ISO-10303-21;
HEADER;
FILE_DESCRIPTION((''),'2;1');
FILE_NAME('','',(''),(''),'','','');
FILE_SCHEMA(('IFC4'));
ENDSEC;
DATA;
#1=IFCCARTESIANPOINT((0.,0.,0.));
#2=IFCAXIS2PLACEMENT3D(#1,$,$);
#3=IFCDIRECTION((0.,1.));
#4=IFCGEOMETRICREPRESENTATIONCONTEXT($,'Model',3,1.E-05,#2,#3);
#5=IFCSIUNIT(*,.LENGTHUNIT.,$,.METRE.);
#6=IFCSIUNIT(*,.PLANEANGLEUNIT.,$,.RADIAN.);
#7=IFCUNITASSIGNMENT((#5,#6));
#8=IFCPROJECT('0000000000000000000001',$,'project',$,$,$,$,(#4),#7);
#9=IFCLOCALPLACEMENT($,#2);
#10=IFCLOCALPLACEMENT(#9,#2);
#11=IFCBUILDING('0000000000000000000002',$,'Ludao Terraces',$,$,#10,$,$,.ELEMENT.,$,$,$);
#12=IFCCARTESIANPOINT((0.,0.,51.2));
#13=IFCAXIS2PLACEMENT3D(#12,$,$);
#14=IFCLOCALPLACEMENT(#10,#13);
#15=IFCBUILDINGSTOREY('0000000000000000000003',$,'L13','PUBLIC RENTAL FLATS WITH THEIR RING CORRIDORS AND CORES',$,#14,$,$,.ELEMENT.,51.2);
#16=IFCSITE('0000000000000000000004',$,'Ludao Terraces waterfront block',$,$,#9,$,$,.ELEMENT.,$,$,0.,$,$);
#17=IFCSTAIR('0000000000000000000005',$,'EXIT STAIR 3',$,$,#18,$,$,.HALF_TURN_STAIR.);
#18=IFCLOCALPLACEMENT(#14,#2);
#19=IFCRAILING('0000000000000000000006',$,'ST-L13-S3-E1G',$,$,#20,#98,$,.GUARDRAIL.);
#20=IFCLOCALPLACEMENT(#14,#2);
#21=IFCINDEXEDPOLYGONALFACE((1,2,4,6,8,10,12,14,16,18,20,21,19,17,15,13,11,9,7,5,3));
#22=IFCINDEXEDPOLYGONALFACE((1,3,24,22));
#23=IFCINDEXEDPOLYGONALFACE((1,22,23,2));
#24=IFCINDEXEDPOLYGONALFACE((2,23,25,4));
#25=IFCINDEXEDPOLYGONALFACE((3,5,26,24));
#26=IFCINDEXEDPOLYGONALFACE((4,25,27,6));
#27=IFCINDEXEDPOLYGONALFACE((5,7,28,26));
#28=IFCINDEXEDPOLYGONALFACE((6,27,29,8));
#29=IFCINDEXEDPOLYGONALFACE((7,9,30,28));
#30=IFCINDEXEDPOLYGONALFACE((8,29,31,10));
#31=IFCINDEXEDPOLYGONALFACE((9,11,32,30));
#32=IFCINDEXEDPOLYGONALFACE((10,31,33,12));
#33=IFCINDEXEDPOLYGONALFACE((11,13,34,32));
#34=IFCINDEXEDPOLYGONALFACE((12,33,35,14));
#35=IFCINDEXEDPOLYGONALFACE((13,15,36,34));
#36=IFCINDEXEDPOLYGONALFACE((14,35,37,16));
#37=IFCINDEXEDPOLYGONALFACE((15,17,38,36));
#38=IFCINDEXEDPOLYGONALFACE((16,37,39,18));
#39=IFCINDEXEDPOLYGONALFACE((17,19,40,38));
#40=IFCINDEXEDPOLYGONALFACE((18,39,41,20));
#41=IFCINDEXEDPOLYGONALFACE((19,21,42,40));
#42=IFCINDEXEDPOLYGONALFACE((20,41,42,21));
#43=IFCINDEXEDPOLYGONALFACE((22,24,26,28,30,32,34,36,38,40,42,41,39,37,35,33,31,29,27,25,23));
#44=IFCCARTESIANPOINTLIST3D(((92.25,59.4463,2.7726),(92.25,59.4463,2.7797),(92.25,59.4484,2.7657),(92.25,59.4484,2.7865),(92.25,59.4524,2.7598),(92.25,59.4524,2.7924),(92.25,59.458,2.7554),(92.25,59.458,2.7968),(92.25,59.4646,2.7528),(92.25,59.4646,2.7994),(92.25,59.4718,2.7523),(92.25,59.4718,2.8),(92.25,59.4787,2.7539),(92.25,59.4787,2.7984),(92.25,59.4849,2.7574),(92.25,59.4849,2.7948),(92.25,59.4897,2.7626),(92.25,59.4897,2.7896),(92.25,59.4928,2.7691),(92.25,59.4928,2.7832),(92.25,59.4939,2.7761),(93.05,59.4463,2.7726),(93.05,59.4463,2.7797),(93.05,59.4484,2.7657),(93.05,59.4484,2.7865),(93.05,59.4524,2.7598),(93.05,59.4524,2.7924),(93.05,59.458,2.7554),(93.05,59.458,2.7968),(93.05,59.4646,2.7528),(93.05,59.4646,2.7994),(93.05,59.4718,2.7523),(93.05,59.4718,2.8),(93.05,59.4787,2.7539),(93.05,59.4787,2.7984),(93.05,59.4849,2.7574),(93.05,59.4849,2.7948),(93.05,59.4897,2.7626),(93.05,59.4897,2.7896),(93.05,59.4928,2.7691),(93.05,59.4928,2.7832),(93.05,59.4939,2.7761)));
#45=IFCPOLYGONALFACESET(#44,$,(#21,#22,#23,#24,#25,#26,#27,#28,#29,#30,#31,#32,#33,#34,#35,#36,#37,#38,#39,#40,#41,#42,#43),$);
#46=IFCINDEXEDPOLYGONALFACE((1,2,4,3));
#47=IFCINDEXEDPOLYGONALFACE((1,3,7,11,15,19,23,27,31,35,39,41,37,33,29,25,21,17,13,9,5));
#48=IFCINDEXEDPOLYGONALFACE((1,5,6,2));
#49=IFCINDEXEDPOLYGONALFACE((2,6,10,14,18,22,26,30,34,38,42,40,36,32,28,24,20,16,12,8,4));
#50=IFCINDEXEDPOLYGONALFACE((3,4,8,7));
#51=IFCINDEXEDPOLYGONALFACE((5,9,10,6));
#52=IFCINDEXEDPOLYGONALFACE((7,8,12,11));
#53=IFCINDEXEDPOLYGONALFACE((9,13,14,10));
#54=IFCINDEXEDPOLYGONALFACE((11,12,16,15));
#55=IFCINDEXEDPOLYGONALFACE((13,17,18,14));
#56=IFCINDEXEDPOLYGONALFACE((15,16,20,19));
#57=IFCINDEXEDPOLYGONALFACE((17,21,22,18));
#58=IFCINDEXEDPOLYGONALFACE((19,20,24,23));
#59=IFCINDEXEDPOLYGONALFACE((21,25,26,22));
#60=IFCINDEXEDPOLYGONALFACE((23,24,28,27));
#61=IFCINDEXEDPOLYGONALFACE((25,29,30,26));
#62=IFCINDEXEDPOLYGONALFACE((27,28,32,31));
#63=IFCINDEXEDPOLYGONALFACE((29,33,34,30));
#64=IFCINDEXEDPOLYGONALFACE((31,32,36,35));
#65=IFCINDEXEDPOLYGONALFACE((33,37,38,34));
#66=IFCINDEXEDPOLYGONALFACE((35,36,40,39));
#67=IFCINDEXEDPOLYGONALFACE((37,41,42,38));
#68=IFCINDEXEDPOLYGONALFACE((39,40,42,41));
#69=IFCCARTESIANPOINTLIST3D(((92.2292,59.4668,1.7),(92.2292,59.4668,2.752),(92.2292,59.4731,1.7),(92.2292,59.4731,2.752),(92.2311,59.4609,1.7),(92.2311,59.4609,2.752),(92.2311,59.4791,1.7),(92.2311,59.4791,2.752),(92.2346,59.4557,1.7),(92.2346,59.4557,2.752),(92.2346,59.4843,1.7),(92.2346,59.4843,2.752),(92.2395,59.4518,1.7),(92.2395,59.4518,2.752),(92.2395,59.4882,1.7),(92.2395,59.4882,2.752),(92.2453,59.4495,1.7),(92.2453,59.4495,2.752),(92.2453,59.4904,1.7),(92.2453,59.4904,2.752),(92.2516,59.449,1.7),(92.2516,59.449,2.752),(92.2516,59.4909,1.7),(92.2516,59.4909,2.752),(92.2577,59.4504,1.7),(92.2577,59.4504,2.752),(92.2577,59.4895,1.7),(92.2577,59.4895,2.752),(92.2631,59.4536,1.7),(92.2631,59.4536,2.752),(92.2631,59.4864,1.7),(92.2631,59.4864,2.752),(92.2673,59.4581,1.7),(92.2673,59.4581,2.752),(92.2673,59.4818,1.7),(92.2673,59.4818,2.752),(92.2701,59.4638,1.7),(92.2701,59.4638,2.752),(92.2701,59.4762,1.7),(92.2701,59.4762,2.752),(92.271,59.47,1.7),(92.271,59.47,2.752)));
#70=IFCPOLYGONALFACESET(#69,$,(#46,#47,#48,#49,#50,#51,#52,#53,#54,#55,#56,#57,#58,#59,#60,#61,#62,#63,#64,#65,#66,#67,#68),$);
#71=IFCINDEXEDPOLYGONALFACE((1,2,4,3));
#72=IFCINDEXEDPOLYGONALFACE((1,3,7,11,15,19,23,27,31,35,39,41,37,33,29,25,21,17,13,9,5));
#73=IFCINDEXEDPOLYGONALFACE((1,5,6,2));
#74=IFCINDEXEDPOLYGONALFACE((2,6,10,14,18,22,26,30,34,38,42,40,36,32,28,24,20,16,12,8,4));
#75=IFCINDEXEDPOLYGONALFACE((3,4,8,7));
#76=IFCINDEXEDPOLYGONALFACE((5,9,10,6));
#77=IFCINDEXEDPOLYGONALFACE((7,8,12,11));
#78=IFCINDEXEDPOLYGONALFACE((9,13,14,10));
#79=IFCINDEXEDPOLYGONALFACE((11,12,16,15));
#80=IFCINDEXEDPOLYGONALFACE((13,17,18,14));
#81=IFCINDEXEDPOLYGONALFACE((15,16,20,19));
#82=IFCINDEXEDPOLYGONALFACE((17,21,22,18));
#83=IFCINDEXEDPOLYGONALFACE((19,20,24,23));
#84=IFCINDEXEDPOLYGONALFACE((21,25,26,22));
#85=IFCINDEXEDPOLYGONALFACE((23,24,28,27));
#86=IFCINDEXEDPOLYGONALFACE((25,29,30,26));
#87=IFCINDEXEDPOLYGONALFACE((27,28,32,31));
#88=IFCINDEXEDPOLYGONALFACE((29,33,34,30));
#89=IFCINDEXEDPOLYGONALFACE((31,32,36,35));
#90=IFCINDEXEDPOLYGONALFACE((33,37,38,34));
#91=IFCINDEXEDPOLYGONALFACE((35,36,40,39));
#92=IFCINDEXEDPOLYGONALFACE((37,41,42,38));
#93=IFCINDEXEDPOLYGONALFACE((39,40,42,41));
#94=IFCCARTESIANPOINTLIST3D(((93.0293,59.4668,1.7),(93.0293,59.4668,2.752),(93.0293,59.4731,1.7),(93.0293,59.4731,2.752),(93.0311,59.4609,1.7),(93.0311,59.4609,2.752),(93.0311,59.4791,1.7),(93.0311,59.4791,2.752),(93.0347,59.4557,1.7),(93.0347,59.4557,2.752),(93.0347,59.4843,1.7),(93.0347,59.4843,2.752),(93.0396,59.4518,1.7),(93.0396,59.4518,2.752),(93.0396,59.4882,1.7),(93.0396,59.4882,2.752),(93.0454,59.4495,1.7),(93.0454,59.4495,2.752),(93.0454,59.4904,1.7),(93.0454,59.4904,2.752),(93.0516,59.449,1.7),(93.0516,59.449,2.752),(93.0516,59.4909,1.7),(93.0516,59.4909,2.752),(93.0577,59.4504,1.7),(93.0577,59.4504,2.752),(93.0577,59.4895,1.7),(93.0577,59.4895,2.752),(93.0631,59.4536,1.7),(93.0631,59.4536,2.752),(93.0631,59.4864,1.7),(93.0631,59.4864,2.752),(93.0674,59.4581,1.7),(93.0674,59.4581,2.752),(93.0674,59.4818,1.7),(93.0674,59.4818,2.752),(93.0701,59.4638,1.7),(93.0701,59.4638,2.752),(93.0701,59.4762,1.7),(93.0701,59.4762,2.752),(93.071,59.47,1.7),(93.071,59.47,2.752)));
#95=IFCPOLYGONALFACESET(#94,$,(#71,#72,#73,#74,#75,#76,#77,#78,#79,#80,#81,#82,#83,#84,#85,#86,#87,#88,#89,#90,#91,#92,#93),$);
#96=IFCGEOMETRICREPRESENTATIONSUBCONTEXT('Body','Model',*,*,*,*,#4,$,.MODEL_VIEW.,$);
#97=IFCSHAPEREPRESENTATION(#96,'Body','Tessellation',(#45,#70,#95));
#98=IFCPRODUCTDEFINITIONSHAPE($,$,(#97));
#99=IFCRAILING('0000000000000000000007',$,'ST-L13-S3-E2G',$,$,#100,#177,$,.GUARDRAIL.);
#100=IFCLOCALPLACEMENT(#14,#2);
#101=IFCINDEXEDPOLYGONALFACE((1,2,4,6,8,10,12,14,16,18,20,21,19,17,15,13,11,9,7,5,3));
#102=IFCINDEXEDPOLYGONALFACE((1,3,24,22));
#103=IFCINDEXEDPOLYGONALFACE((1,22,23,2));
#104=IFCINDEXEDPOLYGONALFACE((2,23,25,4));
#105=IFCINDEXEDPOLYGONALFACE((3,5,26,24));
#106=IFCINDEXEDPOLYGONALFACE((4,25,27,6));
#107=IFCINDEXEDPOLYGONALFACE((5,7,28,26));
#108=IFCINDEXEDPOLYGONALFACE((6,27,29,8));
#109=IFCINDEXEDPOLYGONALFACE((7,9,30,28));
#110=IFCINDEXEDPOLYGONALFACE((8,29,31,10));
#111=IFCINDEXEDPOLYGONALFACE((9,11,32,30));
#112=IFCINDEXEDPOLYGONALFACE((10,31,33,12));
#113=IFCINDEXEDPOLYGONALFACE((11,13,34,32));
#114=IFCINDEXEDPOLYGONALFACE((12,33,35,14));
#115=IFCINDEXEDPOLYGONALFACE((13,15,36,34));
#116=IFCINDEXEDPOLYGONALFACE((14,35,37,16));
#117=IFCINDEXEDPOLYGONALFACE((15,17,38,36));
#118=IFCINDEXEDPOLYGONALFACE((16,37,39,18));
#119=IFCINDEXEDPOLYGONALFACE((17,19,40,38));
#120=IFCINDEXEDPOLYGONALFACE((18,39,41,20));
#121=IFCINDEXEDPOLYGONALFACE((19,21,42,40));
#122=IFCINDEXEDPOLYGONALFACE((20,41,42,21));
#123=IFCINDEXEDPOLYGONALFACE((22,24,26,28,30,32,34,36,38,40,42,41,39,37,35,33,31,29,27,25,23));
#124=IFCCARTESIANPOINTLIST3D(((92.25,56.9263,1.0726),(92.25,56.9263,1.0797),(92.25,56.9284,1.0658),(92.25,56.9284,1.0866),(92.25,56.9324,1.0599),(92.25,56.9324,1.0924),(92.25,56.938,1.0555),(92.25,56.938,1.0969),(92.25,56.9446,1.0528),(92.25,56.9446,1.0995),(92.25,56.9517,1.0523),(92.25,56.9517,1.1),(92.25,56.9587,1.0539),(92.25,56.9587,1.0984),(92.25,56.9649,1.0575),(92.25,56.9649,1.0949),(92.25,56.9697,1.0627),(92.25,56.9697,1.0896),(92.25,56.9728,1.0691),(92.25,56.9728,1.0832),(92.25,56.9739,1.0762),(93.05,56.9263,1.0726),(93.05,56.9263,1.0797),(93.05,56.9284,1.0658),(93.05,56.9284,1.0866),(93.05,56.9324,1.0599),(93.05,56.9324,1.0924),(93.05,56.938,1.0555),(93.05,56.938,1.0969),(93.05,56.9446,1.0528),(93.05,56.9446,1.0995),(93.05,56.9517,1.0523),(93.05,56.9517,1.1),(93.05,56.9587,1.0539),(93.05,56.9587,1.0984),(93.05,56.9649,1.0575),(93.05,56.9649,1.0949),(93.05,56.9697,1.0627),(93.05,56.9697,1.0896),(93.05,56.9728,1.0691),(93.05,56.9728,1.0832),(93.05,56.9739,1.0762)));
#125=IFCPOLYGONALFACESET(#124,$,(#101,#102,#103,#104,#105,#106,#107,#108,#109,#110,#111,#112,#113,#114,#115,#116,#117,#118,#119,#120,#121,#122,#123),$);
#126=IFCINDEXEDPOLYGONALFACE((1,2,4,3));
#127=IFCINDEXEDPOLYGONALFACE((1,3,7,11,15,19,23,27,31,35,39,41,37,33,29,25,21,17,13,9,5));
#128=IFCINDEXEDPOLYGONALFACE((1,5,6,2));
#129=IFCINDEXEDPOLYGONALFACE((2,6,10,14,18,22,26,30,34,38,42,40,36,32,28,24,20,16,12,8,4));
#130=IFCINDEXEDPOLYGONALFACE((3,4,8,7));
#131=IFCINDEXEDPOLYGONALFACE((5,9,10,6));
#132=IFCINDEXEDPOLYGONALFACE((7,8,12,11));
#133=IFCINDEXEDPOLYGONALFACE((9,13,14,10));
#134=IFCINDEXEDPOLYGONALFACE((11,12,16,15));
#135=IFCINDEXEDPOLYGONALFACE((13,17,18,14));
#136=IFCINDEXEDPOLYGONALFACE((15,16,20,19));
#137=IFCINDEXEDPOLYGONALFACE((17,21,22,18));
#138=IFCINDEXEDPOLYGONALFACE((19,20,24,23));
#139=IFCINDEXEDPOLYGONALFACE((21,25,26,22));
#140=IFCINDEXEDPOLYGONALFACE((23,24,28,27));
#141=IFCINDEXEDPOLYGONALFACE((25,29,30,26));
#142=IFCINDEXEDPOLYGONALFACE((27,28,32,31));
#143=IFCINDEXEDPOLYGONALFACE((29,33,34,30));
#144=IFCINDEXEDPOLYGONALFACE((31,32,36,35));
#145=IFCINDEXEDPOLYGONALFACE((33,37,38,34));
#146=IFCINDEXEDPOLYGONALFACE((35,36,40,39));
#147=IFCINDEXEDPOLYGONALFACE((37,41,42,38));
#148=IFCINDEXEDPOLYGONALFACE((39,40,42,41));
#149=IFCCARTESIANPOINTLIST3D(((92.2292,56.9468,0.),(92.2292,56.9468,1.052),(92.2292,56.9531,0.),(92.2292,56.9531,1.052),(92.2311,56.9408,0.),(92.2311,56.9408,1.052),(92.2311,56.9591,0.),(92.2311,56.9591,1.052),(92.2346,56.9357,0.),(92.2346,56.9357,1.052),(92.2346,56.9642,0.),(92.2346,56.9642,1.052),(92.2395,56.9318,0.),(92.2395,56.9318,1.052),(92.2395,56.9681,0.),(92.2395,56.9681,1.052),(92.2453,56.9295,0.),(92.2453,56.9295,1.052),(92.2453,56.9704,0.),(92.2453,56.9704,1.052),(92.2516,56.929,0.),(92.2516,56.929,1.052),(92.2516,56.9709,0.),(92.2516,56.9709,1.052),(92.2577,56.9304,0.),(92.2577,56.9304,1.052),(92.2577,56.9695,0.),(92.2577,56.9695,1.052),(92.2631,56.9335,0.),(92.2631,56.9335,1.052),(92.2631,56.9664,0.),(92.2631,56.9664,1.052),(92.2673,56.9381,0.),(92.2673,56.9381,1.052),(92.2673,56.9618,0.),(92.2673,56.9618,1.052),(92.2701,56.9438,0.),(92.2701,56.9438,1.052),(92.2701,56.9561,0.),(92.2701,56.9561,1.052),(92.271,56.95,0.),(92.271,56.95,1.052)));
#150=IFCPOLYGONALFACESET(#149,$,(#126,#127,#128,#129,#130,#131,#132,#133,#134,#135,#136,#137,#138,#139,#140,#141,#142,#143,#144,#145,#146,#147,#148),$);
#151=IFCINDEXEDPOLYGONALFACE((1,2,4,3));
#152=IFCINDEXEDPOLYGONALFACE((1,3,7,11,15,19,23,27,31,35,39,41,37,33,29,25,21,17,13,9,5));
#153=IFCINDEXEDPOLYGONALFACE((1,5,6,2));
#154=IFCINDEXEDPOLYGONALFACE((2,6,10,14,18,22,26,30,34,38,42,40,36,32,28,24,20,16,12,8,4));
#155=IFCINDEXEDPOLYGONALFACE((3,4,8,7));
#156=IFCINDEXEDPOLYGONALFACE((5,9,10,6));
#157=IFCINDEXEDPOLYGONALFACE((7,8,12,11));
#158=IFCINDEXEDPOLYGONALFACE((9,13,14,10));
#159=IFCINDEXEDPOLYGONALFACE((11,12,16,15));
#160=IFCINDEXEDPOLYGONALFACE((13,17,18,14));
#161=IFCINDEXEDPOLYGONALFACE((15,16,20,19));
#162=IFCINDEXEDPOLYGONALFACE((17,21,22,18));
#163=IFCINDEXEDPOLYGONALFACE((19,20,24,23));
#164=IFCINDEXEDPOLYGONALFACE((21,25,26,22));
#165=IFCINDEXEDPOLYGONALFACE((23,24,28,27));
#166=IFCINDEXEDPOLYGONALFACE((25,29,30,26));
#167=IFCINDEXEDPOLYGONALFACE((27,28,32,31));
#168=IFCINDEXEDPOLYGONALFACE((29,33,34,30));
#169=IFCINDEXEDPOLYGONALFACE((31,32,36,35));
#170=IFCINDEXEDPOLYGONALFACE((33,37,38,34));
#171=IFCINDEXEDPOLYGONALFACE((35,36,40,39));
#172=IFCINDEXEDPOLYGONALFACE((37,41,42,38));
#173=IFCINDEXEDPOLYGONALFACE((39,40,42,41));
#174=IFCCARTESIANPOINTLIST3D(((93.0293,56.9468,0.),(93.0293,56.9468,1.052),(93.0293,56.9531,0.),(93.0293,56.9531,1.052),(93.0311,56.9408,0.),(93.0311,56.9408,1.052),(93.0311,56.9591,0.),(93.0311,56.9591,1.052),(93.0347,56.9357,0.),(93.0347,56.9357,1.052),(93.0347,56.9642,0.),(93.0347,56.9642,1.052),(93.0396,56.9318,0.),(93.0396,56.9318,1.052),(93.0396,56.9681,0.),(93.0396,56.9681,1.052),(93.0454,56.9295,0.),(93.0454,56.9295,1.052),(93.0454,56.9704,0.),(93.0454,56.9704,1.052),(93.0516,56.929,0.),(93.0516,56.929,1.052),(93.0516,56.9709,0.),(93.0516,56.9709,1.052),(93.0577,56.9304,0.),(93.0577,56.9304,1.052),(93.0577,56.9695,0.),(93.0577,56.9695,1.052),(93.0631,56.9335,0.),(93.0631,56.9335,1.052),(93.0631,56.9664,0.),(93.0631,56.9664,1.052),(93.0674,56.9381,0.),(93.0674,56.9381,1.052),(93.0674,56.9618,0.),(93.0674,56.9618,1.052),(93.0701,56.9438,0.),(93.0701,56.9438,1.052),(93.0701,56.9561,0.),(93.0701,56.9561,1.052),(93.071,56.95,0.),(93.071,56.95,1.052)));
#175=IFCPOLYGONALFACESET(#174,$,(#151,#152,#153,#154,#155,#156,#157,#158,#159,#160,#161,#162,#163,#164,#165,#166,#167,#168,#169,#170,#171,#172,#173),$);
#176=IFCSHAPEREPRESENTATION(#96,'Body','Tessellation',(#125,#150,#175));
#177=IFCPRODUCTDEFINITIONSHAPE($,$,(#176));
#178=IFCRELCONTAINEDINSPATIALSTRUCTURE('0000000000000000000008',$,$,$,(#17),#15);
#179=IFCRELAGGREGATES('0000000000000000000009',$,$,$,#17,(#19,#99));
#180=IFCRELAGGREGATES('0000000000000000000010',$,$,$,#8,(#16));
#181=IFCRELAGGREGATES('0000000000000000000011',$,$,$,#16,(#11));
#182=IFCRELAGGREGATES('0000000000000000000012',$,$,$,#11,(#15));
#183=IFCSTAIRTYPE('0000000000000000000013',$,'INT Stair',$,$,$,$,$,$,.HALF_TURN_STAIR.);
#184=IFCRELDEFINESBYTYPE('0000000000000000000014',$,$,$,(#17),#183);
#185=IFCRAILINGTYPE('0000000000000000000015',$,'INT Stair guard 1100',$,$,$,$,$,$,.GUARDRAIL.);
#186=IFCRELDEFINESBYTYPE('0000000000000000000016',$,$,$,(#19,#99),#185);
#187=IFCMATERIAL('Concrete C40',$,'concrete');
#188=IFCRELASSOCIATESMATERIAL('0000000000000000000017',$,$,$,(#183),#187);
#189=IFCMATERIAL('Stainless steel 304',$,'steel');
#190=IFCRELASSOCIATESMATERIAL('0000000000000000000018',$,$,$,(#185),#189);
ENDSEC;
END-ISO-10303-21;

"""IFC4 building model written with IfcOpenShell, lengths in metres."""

from ifc_helpers import new_model, si_unit, direction, frame, origin, origin_2d, place, context, subcontext, project, spatial, circle, extrude, material, type_object, element, aggregate, save


model = new_model("IFC4")

# Units and contexts
model_context = context("Model", 3, precision=1e-05, world=origin(), true_north=direction((0.0, 1.0)))
body_context = subcontext(model_context, "Body", "Model", "MODEL_VIEW")
ifc_project = project(units=[si_unit("LENGTHUNIT", "METRE"), si_unit("PLANEANGLEUNIT", "RADIAN")], contexts=[model_context])

# Site, building, storey
site_placement = place(None, origin())
site = spatial("IfcSite", under=ifc_project, at=site_placement, Name="Ludao Terraces waterfront block", CompositionType="ELEMENT", RefElevation=0.0)
building_placement = place(site_placement, origin())
building = spatial("IfcBuilding", under=site, at=building_placement, Name="Ludao Terraces", CompositionType="ELEMENT")
storey_placement = place(building_placement, frame((0.0, 0.0, 51.2)))
storey = spatial("IfcBuildingStorey", under=building, at=storey_placement, Name="L13", Description="PUBLIC RENTAL FLATS WITH THEIR RING CORRIDORS AND CORES", CompositionType="ELEMENT", Elevation=51.2)

# Stair, railings
ifc_material_1 = material(Name="Concrete C40", Category="concrete")
stair_type = type_object("IfcStairType", Name="INT Stair", PredefinedType="HALF_TURN_STAIR", material=ifc_material_1)
stair_placement = place(storey_placement, origin())
stair = element("IfcStair", 1, at=stair_placement, inside=storey, type_object=stair_type, Name="EXIT STAIR 3", PredefinedType="HALF_TURN_STAIR")
ifc_material_2 = material(Name="Stainless steel 304", Category="steel")
railing_type_1 = type_object("IfcRailingType", Name="INT Stair guard 1100", PredefinedType="GUARDRAIL", material=ifc_material_2)
railing_1_placement = place(storey_placement, frame((92.25, 59.47, 1.7)))
railing_1 = element("IfcRailing", 2, at=railing_1_placement, type_object=railing_type_1, Name="ST-L13-S3-E1G", PredefinedType="GUARDRAIL", context=body_context, shape_type="SweptSolid", body=[
    extrude(circle(Radius=0.0239, at=origin_2d()), frame((0.0, 0.0, 1.0762), z_axis=(1.0, 0.0, 0.0), x_axis=(0.0, 1.0, 0.0)), (0.0, 0.0, 1.0), 0.8),
    extrude(circle(Radius=0.021, at=origin_2d()), origin(), (0.0, 0.0, 1.0), 1.052),
    extrude(circle(Radius=0.021, at=origin_2d()), frame((0.8, 0.0, 0.0)), (0.0, 0.0, 1.0), 1.052),
])
railing_2_placement = place(storey_placement, frame((92.25, 56.95, 0.0)))
railing_2 = element("IfcRailing", 3, at=railing_2_placement, type_object=railing_type_1, Name="ST-L13-S3-E2G", PredefinedType="GUARDRAIL", context=body_context, shape_type="SweptSolid", body=[
    extrude(circle(Radius=0.0239, at=origin_2d()), frame((0.0, 0.0, 1.0762), z_axis=(1.0, 0.0, 0.0), x_axis=(0.0, 1.0, 0.0)), (0.0, 0.0, 1.0), 0.8),
    extrude(circle(Radius=0.021, at=origin_2d()), origin(), (0.0, 0.0, 1.0), 1.052),
    extrude(circle(Radius=0.021, at=origin_2d()), frame((0.8, 0.0, 0.0)), (0.0, 0.0, 1.0), 1.052),
])
aggregate(stair, [railing_1, railing_2])

save(model, "model.ifc")
